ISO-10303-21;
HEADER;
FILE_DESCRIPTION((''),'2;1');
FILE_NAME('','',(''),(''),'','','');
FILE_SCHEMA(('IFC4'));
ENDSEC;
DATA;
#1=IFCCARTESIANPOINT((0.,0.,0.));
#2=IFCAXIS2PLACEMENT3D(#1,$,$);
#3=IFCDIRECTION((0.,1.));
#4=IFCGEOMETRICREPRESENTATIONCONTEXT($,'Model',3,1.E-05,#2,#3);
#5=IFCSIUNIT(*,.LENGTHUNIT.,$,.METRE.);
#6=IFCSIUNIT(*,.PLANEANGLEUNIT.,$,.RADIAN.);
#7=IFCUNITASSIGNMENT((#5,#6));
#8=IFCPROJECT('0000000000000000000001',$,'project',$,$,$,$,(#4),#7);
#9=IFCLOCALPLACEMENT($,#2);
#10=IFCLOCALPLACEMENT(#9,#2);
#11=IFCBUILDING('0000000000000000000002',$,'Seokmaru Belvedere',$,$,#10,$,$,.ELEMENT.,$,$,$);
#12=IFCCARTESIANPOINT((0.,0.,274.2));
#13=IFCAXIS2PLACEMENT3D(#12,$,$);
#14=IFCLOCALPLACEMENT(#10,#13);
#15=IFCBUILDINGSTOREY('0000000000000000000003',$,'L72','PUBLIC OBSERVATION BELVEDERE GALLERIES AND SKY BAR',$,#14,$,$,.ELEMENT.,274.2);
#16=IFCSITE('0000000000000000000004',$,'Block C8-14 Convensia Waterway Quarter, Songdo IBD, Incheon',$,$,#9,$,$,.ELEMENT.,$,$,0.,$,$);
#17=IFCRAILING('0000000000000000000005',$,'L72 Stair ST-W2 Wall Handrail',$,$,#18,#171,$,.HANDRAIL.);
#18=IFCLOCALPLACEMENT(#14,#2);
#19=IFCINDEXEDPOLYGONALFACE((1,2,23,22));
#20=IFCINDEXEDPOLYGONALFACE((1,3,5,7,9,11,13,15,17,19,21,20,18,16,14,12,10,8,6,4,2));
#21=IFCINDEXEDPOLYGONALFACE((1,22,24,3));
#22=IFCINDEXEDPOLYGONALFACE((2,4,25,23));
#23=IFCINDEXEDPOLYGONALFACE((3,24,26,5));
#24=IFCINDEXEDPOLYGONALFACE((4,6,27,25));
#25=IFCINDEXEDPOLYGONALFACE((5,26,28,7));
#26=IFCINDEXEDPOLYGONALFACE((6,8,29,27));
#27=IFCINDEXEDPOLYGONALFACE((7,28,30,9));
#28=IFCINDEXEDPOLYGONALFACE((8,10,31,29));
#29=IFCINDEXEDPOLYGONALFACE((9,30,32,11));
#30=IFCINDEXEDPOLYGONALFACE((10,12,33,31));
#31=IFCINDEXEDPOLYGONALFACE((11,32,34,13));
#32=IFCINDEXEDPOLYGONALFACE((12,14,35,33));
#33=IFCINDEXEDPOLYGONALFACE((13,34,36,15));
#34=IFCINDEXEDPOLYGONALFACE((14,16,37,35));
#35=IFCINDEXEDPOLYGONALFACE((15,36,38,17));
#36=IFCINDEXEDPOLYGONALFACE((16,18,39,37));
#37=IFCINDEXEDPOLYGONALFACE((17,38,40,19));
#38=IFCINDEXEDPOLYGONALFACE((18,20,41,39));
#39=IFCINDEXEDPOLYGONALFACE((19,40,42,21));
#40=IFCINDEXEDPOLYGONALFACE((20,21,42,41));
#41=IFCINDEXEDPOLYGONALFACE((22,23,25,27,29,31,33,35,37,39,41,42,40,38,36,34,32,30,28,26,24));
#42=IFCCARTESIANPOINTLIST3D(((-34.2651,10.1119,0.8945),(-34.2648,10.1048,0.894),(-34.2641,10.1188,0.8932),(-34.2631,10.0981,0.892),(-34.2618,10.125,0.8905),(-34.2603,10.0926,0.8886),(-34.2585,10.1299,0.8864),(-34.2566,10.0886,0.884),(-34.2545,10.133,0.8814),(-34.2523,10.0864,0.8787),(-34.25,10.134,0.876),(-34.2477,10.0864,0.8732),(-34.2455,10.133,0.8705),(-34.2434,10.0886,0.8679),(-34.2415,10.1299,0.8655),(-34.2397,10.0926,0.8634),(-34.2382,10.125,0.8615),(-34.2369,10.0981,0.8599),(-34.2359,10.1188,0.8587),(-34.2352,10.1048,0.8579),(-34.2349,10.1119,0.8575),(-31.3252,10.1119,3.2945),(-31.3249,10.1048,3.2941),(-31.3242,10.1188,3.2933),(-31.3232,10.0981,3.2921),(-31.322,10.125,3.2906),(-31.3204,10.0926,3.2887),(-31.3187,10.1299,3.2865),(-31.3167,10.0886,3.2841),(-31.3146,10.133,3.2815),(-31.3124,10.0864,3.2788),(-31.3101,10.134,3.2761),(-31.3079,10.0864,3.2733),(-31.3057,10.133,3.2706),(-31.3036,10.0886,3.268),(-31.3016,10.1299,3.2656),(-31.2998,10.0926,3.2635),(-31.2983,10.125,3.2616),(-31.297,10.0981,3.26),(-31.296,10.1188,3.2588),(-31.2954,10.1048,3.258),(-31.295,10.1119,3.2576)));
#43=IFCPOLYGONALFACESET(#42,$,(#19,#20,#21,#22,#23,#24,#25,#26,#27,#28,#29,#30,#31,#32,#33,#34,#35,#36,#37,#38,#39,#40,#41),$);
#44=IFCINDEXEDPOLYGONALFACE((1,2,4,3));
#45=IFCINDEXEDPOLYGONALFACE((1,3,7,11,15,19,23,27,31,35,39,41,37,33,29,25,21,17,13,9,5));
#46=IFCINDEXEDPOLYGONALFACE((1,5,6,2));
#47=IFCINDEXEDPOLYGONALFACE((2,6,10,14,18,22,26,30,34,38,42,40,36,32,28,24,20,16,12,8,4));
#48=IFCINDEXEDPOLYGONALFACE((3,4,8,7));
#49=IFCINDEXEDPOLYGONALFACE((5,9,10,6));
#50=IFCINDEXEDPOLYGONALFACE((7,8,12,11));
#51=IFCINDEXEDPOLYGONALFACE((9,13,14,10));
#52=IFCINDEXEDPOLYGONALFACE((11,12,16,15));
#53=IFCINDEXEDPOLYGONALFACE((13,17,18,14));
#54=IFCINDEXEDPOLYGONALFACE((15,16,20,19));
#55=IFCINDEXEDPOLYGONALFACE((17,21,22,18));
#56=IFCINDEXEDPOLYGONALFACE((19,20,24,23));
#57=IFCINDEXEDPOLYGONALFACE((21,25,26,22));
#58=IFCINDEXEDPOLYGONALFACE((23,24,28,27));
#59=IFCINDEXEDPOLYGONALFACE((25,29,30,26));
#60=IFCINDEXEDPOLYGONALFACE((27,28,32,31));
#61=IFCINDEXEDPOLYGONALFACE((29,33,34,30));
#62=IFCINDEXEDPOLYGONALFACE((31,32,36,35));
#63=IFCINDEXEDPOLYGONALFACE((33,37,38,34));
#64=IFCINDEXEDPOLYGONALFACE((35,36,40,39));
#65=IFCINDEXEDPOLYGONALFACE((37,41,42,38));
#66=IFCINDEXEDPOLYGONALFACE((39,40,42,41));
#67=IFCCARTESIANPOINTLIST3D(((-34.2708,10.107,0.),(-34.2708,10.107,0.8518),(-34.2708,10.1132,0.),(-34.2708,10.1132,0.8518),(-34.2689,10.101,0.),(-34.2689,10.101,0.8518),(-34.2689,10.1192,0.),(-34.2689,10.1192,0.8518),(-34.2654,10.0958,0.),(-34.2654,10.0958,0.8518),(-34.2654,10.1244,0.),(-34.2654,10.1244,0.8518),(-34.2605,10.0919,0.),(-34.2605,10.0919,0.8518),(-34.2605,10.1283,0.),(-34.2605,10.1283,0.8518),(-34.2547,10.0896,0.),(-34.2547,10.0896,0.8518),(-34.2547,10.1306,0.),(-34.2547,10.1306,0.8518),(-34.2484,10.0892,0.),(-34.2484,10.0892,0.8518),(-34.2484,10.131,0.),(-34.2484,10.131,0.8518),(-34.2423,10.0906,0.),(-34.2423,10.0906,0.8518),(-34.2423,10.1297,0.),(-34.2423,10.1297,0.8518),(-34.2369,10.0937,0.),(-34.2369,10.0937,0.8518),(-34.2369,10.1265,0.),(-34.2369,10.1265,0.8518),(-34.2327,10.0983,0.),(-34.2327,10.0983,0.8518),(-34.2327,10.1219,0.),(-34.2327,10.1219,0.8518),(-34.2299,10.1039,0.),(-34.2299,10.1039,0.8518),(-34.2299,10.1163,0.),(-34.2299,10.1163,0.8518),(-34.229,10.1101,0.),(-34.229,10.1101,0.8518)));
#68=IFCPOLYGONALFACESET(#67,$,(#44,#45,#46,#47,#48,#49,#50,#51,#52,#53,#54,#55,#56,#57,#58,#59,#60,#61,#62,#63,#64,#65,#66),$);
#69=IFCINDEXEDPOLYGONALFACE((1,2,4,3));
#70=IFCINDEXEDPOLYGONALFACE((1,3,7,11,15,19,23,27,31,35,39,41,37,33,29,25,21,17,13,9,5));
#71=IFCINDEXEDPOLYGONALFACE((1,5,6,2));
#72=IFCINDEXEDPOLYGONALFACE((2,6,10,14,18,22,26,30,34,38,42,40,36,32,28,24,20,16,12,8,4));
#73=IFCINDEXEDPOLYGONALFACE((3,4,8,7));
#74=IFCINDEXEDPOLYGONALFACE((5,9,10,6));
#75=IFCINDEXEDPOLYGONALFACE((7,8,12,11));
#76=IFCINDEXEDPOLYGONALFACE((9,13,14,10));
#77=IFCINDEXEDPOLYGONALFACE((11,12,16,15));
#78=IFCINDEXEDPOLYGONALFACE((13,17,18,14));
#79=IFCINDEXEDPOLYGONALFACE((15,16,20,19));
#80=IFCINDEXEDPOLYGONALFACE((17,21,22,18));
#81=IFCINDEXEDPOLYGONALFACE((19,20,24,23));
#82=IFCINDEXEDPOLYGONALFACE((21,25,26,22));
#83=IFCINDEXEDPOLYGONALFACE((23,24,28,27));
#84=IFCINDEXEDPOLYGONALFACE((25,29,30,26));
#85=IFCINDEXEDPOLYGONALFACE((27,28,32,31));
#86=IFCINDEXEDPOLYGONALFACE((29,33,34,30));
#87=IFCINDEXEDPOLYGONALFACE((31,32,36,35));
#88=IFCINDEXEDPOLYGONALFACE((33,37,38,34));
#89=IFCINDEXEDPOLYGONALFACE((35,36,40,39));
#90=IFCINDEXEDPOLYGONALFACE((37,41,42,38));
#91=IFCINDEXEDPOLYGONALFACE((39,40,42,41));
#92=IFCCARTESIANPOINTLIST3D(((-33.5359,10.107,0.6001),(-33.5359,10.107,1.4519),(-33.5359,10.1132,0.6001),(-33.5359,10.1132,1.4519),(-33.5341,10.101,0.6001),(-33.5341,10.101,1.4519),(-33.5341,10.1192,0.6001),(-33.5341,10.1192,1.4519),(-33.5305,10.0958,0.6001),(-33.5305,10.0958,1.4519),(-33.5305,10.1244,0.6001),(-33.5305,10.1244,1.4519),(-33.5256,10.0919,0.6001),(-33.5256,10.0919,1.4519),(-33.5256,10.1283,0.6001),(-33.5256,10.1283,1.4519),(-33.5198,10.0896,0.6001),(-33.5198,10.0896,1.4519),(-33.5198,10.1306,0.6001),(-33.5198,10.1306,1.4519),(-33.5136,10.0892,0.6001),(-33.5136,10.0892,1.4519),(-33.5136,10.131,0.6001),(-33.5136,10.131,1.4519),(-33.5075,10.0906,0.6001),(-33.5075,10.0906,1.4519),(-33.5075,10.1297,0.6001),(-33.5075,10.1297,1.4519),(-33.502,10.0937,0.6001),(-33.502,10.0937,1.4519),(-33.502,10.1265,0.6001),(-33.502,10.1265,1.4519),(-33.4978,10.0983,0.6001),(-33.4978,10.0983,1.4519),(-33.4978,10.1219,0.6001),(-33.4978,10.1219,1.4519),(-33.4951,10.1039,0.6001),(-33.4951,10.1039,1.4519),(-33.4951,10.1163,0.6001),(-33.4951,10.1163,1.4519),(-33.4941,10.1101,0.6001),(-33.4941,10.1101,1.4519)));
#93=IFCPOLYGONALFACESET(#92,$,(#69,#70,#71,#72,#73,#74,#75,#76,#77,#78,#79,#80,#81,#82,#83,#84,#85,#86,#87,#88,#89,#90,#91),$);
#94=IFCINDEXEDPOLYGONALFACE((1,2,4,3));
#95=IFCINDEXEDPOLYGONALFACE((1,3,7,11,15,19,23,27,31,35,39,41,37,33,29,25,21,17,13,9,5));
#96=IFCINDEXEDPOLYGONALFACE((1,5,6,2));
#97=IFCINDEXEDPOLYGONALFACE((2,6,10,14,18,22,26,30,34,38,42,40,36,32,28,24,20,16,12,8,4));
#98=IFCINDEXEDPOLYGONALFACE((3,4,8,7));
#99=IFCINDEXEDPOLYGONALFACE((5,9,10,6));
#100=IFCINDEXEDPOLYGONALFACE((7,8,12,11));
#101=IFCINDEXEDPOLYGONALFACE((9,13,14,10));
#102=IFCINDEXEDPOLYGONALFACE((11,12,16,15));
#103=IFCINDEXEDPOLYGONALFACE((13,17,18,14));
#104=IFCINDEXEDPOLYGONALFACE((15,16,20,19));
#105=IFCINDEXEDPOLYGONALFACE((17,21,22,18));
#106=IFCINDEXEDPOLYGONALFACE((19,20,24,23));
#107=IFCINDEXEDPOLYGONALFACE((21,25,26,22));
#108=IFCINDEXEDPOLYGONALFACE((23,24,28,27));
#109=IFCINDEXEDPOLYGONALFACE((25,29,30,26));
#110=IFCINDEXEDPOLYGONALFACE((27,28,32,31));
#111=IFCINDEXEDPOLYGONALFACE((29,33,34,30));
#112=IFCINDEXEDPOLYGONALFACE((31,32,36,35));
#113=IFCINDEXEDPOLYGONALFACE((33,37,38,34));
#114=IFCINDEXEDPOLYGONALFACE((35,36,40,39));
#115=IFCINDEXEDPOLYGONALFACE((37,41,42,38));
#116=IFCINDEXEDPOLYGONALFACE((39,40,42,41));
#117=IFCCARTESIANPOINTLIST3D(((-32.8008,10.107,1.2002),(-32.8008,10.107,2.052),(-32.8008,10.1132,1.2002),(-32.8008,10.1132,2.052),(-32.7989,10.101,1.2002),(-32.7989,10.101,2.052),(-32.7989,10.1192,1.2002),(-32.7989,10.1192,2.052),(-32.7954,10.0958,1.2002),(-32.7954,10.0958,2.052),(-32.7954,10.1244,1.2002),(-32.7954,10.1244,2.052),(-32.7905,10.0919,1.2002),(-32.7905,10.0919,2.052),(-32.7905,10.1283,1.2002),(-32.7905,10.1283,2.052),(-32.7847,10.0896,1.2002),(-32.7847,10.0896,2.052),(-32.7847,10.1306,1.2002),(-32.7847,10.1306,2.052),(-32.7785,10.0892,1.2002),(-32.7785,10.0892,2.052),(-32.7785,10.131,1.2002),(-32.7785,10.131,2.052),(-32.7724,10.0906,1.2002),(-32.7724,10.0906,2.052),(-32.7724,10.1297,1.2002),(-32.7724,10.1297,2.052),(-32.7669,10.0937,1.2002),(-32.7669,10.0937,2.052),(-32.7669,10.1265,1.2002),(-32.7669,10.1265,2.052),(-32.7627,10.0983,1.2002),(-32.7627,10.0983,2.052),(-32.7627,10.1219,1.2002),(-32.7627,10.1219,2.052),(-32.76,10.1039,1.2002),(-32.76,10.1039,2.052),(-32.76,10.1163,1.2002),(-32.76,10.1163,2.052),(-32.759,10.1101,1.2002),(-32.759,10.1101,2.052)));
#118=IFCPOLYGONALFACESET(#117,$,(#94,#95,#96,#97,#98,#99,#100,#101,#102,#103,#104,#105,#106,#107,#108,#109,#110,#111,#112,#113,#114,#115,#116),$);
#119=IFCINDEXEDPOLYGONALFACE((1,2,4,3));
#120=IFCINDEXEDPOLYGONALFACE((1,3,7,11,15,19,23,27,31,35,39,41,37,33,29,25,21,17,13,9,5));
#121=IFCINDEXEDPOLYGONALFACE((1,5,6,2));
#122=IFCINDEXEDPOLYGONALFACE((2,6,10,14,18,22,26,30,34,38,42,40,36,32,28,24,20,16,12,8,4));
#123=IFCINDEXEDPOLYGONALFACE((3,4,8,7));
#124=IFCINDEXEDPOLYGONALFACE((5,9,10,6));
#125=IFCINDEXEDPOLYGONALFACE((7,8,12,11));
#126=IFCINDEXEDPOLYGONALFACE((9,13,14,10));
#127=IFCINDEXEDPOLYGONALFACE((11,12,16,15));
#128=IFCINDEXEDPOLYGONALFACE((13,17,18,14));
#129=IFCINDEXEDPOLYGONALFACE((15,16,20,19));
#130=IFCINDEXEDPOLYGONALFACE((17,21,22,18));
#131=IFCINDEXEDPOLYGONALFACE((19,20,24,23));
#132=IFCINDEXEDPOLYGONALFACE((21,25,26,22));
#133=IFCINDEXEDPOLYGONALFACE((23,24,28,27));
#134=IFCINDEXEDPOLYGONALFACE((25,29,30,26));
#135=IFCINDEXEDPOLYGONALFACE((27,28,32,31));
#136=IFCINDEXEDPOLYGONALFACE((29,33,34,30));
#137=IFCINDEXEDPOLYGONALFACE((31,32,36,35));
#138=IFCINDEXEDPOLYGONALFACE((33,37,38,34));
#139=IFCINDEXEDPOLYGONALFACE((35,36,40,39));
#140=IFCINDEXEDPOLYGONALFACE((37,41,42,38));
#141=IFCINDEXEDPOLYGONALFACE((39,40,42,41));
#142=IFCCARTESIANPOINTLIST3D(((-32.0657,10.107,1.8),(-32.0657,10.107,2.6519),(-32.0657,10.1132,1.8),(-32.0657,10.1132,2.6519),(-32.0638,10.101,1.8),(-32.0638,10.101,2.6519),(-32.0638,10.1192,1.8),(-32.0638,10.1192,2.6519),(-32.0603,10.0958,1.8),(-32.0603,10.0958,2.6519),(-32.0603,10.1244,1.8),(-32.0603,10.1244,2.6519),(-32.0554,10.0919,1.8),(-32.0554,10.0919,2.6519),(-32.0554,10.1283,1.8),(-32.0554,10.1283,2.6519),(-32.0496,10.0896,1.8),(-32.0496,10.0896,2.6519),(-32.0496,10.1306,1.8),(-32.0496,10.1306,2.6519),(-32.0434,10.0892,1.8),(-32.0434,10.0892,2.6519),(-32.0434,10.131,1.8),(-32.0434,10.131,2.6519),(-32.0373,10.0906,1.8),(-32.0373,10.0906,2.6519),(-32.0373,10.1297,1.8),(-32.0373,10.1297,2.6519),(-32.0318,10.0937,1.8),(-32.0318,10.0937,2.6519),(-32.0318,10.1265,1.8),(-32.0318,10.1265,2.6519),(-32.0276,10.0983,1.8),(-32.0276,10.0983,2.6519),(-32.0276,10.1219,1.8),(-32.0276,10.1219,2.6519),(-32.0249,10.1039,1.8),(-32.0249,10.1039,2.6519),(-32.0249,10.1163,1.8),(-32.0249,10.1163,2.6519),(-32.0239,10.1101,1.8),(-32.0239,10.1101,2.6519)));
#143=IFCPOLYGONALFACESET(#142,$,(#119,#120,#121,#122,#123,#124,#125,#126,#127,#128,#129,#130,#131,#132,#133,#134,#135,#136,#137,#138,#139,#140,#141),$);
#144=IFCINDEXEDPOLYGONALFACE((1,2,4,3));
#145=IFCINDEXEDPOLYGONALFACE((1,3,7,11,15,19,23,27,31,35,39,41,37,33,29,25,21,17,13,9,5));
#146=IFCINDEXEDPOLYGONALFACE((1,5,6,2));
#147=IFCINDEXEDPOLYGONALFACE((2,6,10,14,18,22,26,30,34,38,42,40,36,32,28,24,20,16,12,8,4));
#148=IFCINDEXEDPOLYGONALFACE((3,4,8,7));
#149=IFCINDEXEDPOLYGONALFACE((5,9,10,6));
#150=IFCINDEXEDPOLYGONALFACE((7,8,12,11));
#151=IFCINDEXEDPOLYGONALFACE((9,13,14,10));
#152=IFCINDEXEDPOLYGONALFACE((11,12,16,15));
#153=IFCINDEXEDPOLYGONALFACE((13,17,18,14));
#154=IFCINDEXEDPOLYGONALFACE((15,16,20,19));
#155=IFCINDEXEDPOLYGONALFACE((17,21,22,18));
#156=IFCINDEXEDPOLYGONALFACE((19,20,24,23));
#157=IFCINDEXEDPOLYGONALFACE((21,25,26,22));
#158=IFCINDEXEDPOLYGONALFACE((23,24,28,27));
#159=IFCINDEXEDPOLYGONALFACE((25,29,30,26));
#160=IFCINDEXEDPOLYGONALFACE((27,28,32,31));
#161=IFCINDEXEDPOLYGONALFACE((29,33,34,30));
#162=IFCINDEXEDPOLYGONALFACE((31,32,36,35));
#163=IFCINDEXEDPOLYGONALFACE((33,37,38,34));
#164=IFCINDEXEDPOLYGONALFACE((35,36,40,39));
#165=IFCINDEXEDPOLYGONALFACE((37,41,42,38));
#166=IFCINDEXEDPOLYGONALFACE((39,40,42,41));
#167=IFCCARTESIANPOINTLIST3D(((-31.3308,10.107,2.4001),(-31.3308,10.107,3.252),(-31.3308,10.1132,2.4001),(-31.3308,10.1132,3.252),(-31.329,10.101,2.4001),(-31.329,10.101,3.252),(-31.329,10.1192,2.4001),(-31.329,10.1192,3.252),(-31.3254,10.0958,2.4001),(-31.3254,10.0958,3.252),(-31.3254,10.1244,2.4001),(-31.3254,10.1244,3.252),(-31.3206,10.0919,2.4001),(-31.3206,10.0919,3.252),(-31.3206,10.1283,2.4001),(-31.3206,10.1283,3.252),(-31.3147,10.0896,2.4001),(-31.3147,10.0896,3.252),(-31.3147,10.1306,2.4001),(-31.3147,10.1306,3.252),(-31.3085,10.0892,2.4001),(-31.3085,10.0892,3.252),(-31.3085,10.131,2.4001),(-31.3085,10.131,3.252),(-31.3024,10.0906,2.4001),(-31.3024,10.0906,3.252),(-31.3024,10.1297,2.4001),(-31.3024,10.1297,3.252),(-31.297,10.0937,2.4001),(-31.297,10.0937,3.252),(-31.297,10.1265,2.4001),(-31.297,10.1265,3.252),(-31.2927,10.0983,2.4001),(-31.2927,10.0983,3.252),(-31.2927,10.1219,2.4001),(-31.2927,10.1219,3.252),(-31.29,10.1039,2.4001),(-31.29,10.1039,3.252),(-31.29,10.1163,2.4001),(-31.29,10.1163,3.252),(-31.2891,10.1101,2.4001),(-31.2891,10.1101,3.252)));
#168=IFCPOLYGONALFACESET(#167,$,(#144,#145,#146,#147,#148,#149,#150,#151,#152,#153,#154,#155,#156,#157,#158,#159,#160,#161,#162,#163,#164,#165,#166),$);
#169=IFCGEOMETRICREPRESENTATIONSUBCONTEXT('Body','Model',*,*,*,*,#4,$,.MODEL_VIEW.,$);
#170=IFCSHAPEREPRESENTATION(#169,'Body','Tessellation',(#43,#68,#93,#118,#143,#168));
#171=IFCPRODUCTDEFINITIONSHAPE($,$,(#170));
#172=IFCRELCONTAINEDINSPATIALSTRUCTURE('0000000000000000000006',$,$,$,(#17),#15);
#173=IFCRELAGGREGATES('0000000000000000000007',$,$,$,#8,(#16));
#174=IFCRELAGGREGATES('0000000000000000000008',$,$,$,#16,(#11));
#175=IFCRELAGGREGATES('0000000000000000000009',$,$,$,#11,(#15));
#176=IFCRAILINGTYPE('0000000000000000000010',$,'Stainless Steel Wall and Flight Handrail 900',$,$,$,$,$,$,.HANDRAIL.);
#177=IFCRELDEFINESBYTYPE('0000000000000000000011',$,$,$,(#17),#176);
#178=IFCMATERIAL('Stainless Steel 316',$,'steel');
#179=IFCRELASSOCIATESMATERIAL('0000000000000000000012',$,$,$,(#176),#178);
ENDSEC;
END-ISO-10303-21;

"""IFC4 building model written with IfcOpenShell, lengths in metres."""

from ifc_helpers import new_model, si_unit, direction, frame, origin, origin_2d, place, context, subcontext, project, spatial, circle, extrude, material, type_object, element, save


model = new_model("IFC4")

# Units and contexts
model_context = context("Model", 3, precision=1e-05, world=origin(), true_north=direction((0.0, 1.0)))
body_context = subcontext(model_context, "Body", "Model", "MODEL_VIEW")
ifc_project = project(units=[si_unit("LENGTHUNIT", "METRE"), si_unit("PLANEANGLEUNIT", "RADIAN")], contexts=[model_context])

# Site, building, storey
site_placement = place(None, origin())
site = spatial("IfcSite", under=ifc_project, at=site_placement, Name="Block C8-14 Convensia Waterway Quarter, Songdo IBD, Incheon", CompositionType="ELEMENT", RefElevation=0.0)
building_placement = place(site_placement, origin())
building = spatial("IfcBuilding", under=site, at=building_placement, Name="Seokmaru Belvedere", CompositionType="ELEMENT")
storey_placement = place(building_placement, frame((0.0, 0.0, 274.2)))
storey = spatial("IfcBuildingStorey", under=building, at=storey_placement, Name="L72", Description="PUBLIC OBSERVATION BELVEDERE GALLERIES AND SKY BAR", CompositionType="ELEMENT", Elevation=274.2)

# Shared definitions
ifc_material_1 = material(Name="Stainless Steel 316", Category="steel")

# Railing
railing_type = type_object("IfcRailingType", Name="Stainless Steel Wall and Flight Handrail 900", PredefinedType="HANDRAIL", material=ifc_material_1)
railing_placement = place(storey_placement, frame((-34.25, 10.1101, 0.0)))
element("IfcRailing", 1, at=railing_placement, inside=storey, type_object=railing_type, Name="L72 Stair ST-W2 Wall Handrail", PredefinedType="HANDRAIL", context=body_context, shape_type="SweptSolid", body=[
    extrude(circle(Radius=0.0239, at=origin_2d()), frame((0.0, 0.0, 0.876), z_axis=(0.774636, 0.0, 0.632407), x_axis=(0.0, 1.0, 0.0)), (0.0, 0.0, 1.0), 3.7952),
    extrude(circle(Radius=0.021, at=origin_2d()), origin(), (0.0, 0.0, 1.0), 0.8518),
    extrude(circle(Radius=0.021, at=origin_2d()), frame((0.7349, 0.0, 0.6001)), (0.0, 0.0, 1.0), 0.8518),
    extrude(circle(Radius=0.021, at=origin_2d()), frame((1.47, 0.0, 1.2002)), (0.0, 0.0, 1.0), 0.8518),
    extrude(circle(Radius=0.021, at=origin_2d()), frame((2.2051, 0.0, 1.8)), (0.0, 0.0, 1.0), 0.8518),
    extrude(circle(Radius=0.021, at=origin_2d()), frame((2.9399, 0.0, 2.4001)), (0.0, 0.0, 1.0), 0.8518),
])

save(model, "model.ifc")
